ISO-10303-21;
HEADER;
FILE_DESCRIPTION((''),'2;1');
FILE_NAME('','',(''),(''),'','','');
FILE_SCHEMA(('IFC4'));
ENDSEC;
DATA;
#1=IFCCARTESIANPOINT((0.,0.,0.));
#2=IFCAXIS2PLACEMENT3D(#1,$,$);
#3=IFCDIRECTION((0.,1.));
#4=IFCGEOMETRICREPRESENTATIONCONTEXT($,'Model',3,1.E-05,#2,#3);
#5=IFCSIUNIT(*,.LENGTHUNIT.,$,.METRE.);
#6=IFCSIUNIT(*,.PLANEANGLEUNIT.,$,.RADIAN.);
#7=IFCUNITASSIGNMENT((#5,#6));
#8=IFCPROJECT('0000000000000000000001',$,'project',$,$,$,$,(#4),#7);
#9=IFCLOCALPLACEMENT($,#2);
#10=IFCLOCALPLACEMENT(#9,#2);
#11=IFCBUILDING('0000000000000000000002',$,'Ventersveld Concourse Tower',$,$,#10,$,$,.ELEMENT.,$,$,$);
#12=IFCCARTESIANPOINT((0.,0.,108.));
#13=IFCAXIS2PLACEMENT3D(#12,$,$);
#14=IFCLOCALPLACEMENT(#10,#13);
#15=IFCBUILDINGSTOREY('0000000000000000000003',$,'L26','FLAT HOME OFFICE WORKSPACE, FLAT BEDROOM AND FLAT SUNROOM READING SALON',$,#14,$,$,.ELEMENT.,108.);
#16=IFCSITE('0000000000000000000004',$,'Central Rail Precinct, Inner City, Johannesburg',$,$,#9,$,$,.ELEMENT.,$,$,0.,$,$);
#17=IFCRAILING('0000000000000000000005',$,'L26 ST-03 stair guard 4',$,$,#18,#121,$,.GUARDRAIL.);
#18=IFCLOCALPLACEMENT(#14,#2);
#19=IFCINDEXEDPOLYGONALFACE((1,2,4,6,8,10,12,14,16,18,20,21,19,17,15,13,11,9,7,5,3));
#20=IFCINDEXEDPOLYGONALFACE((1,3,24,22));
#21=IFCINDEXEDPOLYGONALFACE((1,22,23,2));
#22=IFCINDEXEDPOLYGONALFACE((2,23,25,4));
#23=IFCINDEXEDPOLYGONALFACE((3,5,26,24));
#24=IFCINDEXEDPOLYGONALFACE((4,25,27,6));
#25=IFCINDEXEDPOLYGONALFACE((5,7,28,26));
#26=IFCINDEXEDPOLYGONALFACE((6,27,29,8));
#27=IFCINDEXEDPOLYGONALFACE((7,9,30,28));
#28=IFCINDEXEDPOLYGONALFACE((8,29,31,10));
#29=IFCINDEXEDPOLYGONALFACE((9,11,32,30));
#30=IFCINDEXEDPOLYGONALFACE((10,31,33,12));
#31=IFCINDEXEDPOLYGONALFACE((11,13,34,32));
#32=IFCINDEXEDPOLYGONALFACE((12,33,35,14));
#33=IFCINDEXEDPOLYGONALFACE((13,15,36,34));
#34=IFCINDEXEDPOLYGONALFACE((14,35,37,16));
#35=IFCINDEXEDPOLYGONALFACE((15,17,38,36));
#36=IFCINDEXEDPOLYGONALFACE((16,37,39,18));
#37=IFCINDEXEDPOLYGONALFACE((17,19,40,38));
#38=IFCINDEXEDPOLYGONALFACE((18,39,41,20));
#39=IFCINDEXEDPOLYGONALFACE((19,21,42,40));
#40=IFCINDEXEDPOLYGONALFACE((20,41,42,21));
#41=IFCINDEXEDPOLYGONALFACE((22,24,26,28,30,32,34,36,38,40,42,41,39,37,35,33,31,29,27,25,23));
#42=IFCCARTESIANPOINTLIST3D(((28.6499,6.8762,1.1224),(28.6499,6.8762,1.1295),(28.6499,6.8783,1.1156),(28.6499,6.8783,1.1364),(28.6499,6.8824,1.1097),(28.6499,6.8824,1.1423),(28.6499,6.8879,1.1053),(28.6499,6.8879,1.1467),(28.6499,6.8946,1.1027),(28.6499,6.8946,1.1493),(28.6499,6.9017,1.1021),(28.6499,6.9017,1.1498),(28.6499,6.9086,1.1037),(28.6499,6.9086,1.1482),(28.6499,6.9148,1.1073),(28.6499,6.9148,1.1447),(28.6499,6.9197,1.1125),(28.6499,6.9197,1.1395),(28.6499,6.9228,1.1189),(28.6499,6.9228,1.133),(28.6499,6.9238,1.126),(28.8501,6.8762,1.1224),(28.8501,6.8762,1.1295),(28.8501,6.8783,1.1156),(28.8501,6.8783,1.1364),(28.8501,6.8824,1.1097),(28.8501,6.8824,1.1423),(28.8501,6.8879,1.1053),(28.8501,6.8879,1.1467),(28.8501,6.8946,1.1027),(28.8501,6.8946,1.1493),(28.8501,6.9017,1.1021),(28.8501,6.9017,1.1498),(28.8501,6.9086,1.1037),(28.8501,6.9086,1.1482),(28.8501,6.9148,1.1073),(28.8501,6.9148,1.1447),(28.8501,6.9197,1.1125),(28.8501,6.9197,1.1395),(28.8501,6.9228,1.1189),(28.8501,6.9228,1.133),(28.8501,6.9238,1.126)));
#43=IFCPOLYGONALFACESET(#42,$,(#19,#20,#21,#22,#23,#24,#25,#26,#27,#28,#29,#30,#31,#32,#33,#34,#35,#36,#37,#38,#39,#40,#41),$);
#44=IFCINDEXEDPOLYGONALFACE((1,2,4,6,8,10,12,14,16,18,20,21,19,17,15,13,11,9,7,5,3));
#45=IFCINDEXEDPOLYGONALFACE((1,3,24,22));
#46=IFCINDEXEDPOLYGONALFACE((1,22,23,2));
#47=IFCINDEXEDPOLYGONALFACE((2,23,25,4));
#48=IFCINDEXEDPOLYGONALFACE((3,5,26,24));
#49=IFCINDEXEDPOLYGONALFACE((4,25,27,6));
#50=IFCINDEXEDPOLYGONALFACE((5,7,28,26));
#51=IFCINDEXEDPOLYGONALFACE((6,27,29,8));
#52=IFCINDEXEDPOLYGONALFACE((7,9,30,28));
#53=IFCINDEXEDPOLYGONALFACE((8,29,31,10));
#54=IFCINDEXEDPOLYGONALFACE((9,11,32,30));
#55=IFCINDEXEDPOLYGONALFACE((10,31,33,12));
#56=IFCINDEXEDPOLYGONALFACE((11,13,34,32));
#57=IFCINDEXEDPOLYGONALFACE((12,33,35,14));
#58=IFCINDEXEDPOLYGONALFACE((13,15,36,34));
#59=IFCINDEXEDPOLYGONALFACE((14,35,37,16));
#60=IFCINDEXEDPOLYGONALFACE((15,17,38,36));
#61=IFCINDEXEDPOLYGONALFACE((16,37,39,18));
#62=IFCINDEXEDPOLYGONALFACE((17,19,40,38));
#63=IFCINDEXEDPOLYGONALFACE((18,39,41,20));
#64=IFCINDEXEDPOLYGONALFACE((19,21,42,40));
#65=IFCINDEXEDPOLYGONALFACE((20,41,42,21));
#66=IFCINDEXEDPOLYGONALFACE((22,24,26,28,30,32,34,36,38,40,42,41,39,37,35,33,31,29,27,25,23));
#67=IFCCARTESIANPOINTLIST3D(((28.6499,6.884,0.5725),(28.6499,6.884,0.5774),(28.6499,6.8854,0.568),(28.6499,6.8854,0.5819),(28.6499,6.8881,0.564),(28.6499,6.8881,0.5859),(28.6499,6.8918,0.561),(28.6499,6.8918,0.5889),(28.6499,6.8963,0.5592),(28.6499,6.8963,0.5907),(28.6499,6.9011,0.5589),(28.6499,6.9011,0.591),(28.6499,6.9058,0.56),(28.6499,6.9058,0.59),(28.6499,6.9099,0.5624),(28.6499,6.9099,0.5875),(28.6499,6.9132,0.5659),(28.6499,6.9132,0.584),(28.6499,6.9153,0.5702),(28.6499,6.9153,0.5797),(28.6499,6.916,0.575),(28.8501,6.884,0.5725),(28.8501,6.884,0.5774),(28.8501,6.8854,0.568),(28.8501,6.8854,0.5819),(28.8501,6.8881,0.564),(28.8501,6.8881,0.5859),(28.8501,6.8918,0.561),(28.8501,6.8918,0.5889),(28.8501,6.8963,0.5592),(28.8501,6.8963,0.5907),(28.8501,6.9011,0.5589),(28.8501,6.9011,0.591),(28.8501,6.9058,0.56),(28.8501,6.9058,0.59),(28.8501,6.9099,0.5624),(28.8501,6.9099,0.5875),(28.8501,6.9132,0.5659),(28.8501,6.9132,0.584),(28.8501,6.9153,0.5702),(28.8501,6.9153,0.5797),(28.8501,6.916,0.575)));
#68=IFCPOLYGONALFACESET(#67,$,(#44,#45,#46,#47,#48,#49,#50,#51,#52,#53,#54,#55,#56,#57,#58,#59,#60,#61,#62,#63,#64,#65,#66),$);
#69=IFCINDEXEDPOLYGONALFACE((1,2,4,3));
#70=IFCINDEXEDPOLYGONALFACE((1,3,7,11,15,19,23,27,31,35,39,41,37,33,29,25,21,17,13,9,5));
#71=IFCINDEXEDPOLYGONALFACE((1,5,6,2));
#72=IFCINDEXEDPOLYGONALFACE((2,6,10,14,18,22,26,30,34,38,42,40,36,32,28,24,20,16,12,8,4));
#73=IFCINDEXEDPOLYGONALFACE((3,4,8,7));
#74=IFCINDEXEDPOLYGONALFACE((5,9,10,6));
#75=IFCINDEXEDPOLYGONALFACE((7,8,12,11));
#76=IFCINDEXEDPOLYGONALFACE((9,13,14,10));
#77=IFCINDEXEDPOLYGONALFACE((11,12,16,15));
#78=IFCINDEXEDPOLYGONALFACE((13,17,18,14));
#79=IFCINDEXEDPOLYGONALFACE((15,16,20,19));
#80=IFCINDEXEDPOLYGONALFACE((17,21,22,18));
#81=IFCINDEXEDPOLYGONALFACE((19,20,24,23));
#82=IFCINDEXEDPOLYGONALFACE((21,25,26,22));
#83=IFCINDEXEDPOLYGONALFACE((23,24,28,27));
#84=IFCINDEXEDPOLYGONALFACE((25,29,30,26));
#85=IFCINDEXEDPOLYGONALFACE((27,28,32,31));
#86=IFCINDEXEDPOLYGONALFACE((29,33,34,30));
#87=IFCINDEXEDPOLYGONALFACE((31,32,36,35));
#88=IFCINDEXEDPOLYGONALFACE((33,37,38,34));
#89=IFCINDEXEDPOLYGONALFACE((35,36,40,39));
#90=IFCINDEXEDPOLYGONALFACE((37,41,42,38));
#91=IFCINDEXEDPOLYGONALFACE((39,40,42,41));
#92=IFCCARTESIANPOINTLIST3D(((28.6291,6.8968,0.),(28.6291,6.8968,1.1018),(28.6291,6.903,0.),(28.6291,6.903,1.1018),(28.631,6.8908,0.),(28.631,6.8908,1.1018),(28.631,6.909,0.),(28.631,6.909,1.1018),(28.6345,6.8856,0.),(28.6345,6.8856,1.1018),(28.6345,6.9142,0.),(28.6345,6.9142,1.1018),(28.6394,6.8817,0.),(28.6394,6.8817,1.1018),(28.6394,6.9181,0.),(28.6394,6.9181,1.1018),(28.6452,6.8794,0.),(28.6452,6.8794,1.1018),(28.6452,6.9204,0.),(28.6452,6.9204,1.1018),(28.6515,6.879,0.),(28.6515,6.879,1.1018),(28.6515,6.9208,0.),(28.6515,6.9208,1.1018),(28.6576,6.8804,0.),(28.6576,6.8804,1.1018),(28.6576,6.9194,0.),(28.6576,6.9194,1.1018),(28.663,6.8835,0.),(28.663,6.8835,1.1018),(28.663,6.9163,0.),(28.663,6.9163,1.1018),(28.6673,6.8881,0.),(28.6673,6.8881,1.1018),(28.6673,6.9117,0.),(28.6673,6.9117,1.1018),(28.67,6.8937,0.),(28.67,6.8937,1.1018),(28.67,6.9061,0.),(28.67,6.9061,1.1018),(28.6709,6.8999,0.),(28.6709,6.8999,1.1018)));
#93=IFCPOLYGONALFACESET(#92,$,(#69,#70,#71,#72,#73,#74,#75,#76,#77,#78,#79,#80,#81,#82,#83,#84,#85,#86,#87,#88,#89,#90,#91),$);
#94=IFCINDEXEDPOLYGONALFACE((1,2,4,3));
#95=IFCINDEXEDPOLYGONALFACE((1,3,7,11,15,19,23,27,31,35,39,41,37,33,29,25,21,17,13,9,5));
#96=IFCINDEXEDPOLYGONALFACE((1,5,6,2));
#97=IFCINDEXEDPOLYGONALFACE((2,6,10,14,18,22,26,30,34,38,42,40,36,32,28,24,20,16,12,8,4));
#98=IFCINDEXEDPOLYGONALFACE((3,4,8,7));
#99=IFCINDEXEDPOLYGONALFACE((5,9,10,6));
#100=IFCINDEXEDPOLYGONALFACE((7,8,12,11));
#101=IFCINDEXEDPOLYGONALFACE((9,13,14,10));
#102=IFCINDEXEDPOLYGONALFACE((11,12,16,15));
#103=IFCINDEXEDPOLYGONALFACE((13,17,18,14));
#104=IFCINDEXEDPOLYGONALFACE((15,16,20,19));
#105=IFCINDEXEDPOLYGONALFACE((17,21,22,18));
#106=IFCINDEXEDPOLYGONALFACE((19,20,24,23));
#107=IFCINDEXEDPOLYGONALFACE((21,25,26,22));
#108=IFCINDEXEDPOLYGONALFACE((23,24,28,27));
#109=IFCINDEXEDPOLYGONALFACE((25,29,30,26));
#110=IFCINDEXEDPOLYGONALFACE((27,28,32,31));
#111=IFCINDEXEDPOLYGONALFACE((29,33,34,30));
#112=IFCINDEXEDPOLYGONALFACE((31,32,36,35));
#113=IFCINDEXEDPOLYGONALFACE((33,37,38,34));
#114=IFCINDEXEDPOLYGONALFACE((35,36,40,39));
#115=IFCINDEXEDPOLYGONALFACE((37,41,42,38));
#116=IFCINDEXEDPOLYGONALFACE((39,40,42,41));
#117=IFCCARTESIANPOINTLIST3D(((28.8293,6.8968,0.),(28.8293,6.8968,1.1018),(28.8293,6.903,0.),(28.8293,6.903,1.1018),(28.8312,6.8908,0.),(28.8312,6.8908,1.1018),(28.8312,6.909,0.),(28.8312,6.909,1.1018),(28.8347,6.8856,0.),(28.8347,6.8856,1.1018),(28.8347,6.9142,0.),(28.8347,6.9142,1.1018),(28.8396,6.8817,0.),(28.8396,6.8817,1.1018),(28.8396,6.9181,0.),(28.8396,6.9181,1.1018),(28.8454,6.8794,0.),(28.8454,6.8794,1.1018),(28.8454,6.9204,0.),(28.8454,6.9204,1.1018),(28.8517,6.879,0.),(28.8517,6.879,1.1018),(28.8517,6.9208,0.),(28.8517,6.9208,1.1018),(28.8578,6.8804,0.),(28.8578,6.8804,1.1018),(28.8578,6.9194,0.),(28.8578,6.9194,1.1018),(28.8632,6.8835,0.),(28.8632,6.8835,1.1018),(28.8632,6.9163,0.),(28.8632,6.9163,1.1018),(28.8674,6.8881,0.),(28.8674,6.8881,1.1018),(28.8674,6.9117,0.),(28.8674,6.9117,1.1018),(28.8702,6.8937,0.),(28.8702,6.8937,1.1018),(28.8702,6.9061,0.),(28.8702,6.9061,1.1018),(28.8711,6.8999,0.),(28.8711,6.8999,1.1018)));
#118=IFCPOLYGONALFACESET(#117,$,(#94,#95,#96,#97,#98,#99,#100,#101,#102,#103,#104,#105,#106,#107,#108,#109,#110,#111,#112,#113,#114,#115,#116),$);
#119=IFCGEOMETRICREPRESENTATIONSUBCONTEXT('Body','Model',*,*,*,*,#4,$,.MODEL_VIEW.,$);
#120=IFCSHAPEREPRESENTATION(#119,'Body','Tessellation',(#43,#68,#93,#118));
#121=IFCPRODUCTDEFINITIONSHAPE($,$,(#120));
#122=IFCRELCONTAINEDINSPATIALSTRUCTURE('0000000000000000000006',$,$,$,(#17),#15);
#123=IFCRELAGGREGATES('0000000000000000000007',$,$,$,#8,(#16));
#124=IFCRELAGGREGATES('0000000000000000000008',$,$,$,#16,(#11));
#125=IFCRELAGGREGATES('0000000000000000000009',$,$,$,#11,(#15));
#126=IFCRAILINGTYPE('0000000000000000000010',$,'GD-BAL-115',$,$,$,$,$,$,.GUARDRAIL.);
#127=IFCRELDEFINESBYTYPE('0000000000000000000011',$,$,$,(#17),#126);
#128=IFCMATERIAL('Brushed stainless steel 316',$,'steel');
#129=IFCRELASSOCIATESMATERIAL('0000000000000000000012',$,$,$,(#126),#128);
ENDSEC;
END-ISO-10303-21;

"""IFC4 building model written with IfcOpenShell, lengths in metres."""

from ifc_helpers import new_model, si_unit, direction, frame, origin, origin_2d, place, context, subcontext, project, spatial, circle, extrude, material, type_object, element, save


model = new_model("IFC4")

# Units and contexts
model_context = context("Model", 3, precision=1e-05, world=origin(), true_north=direction((0.0, 1.0)))
body_context = subcontext(model_context, "Body", "Model", "MODEL_VIEW")
ifc_project = project(units=[si_unit("LENGTHUNIT", "METRE"), si_unit("PLANEANGLEUNIT", "RADIAN")], contexts=[model_context])

# Site, building, storey
site_placement = place(None, origin())
site = spatial("IfcSite", under=ifc_project, at=site_placement, Name="Central Rail Precinct, Inner City, Johannesburg", CompositionType="ELEMENT", RefElevation=0.0)
building_placement = place(site_placement, origin())
building = spatial("IfcBuilding", under=site, at=building_placement, Name="Ventersveld Concourse Tower", CompositionType="ELEMENT")
storey_placement = place(building_placement, frame((0.0, 0.0, 108.0)))
storey = spatial("IfcBuildingStorey", under=building, at=storey_placement, Name="L26", Description="FLAT HOME OFFICE WORKSPACE, FLAT BEDROOM AND FLAT SUNROOM READING SALON", CompositionType="ELEMENT", Elevation=108.0)

# Shared definitions
ifc_material_1 = material(Name="Brushed stainless steel 316", Category="steel")

# Railing
railing_type = type_object("IfcRailingType", Name="GD-BAL-115", PredefinedType="GUARDRAIL", material=ifc_material_1)
railing_1_placement = place(storey_placement, frame((28.6499, 6.8999, 0.0)))
element("IfcRailing", 1, at=railing_1_placement, inside=storey, type_object=railing_type, Name="L26 ST-03 stair guard 4", PredefinedType="GUARDRAIL", context=body_context, shape_type="SweptSolid", body=[
    extrude(circle(Radius=0.0239, at=origin_2d()), frame((0.0, 0.0, 1.126), z_axis=(1.0, 0.0, 0.0), x_axis=(0.0, 1.0, 0.0)), (0.0, 0.0, 1.0), 0.2002),
    extrude(circle(Radius=0.0161, at=origin_2d()), frame((0.0, 0.0, 0.575), z_axis=(1.0, 0.0, 0.0), x_axis=(0.0, 1.0, 0.0)), (0.0, 0.0, 1.0), 0.2002),
    extrude(circle(Radius=0.021, at=origin_2d()), origin(), (0.0, 0.0, 1.0), 1.1018),
    extrude(circle(Radius=0.021, at=origin_2d()), frame((0.2002, 0.0, 0.0)), (0.0, 0.0, 1.0), 1.1018),
])

save(model, "model.ifc")
